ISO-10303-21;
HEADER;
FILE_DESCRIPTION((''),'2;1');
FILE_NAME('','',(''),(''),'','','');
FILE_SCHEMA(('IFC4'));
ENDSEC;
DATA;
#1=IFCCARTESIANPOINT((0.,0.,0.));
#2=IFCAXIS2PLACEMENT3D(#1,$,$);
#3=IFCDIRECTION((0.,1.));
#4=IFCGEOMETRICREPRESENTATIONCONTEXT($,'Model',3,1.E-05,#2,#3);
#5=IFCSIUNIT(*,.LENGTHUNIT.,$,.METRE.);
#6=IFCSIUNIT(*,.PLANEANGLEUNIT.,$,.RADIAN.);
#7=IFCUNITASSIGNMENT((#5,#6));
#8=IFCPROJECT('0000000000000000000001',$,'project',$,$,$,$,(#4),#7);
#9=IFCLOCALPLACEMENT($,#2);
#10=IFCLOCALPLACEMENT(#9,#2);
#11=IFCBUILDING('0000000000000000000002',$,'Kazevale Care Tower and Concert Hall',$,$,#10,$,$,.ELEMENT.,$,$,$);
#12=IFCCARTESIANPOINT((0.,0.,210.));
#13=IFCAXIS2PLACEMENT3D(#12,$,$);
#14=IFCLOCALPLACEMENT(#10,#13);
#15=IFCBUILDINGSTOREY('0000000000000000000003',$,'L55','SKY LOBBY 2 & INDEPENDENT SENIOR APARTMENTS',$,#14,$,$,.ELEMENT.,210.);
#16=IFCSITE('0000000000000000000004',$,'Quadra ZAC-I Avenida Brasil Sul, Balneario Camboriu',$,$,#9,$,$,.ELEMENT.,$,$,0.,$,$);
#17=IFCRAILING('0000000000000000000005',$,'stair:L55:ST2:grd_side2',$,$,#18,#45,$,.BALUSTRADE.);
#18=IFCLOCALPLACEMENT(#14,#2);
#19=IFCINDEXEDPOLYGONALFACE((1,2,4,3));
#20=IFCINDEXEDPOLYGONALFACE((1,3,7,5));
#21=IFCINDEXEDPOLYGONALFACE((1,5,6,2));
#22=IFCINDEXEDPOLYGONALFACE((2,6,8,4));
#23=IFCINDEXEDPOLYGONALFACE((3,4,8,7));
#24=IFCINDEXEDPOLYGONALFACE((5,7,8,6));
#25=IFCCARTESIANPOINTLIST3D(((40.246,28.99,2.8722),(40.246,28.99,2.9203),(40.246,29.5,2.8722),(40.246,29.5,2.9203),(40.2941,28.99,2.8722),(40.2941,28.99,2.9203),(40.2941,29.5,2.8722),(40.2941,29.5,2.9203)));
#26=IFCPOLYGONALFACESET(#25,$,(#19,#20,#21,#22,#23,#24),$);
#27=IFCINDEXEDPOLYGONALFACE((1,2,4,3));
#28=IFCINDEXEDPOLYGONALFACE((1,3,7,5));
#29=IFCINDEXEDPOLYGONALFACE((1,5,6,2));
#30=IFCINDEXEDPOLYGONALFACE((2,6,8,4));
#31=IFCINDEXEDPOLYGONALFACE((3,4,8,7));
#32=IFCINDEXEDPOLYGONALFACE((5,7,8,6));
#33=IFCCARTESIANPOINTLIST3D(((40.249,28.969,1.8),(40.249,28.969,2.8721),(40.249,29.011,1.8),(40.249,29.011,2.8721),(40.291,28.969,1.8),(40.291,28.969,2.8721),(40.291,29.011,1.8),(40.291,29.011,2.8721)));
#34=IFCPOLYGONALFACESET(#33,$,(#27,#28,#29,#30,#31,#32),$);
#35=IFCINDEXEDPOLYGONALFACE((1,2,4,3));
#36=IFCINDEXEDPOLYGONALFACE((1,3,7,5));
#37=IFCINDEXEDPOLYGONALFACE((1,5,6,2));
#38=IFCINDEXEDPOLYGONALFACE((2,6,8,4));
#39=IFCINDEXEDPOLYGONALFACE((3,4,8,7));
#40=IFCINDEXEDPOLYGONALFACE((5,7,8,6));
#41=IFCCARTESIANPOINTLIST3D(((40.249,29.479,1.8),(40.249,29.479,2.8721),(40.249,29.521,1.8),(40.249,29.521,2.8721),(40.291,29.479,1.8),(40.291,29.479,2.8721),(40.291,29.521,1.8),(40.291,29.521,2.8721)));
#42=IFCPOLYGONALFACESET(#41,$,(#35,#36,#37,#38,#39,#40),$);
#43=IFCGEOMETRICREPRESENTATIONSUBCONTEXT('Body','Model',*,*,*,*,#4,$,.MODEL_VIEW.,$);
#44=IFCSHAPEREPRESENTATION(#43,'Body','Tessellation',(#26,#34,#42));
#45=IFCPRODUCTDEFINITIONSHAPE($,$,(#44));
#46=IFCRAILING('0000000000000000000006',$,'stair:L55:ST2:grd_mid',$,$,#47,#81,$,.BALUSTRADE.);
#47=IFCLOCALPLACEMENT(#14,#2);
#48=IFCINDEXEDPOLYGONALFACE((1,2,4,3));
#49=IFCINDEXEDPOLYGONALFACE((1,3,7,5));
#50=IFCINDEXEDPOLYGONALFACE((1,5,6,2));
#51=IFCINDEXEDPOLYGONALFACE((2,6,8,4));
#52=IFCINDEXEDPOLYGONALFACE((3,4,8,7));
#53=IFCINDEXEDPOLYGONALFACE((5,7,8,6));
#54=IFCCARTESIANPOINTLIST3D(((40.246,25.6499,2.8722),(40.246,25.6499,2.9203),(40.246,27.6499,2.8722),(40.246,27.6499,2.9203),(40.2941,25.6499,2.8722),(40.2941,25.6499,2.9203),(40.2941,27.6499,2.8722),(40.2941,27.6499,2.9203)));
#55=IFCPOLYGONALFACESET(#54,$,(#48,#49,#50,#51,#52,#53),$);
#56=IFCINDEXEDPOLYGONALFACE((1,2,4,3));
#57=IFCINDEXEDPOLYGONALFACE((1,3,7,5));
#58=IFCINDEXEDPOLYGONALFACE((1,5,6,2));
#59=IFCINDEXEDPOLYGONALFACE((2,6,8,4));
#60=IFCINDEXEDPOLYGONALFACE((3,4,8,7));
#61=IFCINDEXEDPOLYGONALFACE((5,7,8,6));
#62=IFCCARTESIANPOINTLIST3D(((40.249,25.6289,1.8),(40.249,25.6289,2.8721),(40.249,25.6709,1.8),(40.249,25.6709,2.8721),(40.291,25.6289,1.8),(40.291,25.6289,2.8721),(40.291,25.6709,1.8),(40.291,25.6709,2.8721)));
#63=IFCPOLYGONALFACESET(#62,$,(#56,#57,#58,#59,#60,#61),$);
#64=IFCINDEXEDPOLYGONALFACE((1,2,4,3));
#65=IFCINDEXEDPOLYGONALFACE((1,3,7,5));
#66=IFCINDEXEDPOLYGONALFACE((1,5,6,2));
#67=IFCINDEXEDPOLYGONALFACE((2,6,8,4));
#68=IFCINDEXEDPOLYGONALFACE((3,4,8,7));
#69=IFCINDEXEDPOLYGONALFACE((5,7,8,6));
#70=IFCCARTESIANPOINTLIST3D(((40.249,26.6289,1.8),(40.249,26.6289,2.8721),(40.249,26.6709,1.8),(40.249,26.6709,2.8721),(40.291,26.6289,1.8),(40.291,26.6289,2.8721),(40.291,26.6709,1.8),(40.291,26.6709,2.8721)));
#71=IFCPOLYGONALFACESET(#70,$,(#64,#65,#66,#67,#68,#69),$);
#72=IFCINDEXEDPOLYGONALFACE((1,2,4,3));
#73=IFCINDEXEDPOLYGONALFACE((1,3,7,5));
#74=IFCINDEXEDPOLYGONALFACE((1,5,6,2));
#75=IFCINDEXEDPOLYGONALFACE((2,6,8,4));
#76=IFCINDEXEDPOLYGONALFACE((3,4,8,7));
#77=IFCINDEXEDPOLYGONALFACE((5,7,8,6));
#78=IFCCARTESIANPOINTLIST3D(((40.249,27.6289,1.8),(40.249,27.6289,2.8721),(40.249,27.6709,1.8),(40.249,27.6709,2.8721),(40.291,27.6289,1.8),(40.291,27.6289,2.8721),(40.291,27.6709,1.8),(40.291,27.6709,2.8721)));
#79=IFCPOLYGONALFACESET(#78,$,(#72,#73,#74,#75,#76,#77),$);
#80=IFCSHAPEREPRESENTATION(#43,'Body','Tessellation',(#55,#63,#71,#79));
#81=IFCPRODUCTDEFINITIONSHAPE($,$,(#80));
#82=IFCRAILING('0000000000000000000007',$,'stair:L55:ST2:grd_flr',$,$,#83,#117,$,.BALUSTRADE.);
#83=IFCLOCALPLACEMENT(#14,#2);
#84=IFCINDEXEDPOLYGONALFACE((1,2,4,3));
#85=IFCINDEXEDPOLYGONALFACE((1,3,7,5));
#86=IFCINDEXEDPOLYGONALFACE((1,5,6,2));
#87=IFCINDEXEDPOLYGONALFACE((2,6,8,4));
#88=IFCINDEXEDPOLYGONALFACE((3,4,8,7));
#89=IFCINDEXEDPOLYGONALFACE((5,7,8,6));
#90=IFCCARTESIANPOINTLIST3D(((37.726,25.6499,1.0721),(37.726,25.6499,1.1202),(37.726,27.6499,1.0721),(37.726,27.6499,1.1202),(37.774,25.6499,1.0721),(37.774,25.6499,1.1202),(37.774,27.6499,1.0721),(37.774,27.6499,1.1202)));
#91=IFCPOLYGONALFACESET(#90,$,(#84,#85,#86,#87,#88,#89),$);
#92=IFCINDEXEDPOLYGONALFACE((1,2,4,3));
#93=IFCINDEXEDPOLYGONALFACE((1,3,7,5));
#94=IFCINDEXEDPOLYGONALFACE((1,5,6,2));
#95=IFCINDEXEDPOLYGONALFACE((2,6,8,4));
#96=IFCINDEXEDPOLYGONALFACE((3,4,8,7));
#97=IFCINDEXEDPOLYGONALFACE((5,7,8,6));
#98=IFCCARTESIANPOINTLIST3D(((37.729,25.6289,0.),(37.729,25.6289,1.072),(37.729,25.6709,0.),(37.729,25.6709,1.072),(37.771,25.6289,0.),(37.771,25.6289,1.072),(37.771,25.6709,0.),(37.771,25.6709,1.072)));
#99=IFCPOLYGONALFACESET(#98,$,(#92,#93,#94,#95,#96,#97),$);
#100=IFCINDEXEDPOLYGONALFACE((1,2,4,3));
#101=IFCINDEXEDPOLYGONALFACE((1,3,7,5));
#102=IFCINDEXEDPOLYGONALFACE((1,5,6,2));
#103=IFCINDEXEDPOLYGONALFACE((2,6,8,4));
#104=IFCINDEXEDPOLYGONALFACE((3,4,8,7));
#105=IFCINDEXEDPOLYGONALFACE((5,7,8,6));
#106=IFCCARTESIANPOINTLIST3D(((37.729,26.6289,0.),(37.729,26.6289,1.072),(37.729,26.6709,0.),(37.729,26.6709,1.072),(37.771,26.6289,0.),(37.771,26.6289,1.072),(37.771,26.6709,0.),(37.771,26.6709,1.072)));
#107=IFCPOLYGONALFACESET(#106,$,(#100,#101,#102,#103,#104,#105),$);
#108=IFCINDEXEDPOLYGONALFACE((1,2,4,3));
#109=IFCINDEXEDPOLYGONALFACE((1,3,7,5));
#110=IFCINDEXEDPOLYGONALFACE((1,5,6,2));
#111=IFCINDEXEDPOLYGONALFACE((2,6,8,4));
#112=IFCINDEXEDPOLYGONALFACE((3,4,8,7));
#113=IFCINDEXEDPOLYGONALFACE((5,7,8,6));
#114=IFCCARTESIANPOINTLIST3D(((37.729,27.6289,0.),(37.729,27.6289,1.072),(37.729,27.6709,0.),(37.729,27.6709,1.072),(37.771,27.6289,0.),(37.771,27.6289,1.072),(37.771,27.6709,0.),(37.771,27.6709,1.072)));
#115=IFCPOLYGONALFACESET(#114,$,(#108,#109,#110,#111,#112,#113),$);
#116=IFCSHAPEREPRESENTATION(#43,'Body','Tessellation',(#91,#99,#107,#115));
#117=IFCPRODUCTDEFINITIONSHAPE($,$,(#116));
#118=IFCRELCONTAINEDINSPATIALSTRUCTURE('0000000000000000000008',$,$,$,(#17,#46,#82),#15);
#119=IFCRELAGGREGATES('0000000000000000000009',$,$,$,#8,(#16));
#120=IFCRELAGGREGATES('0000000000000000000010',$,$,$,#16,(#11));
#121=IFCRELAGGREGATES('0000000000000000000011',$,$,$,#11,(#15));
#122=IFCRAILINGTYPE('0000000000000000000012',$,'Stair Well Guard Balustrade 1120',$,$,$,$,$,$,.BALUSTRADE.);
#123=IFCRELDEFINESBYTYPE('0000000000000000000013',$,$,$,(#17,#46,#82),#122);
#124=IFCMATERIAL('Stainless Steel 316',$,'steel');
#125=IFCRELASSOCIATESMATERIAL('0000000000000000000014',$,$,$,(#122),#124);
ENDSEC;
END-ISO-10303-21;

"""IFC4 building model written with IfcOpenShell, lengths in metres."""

from ifc_helpers import new_model, si_unit, direction, frame, origin, origin_2d, place, context, subcontext, project, spatial, rectangle, extrude, material, type_object, element, save


model = new_model("IFC4")

# Units and contexts
model_context = context("Model", 3, precision=1e-05, world=origin(), true_north=direction((0.0, 1.0)))
body_context = subcontext(model_context, "Body", "Model", "MODEL_VIEW")
ifc_project = project(units=[si_unit("LENGTHUNIT", "METRE"), si_unit("PLANEANGLEUNIT", "RADIAN")], contexts=[model_context])

# Site, building, storey
site_placement = place(None, origin())
site = spatial("IfcSite", under=ifc_project, at=site_placement, Name="Quadra ZAC-I Avenida Brasil Sul, Balneario Camboriu", CompositionType="ELEMENT", RefElevation=0.0)
building_placement = place(site_placement, origin())
building = spatial("IfcBuilding", under=site, at=building_placement, Name="Kazevale Care Tower and Concert Hall", CompositionType="ELEMENT")
storey_placement = place(building_placement, frame((0.0, 0.0, 210.0)))
storey = spatial("IfcBuildingStorey", under=building, at=storey_placement, Name="L55", Description="SKY LOBBY 2 & INDEPENDENT SENIOR APARTMENTS", CompositionType="ELEMENT", Elevation=210.0)

# Railings
ifc_material_1 = material(Name="Stainless Steel 316", Category="steel")
railing_type_1 = type_object("IfcRailingType", Name="Stair Well Guard Balustrade 1120", PredefinedType="BALUSTRADE", material=ifc_material_1)
railing_1_placement = place(storey_placement, frame((40.27, 28.99, 1.8)))
element("IfcRailing", 1, at=railing_1_placement, inside=storey, type_object=railing_type_1, Name="stair:L55:ST2:grd_side2", PredefinedType="BALUSTRADE", context=body_context, shape_type="SweptSolid", body=[
    extrude(rectangle(XDim=0.0481, YDim=0.0481, at=origin_2d()), frame((0.0, 0.0, 1.0962), z_axis=(0.0, 1.0, 0.0), x_axis=(-1.0, 0.0, 0.0)), (0.0, 0.0, 1.0), 0.51),
    extrude(rectangle(XDim=0.042, YDim=0.042, at=origin_2d()), origin(), (0.0, 0.0, 1.0), 1.072),
    extrude(rectangle(XDim=0.042, YDim=0.042, at=origin_2d()), frame((0.0, 0.51, 0.0)), (0.0, 0.0, 1.0), 1.072),
])
for number, where, name in (
    (2, (40.27, 25.6499, 1.8), "stair:L55:ST2:grd_mid"),
    (3, (37.75, 25.6499, 0.0), "stair:L55:ST2:grd_flr"),
):
    element("IfcRailing", number, at=place(storey_placement, frame(where)), inside=storey, type_object=railing_type_1, Name=name, PredefinedType="BALUSTRADE", context=body_context, shape_type="SweptSolid", body=[
        extrude(rectangle(XDim=0.0481, YDim=0.0481, at=origin_2d()), frame((0.0, 0.0, 1.0962), z_axis=(0.0, 1.0, 0.0), x_axis=(-1.0, 0.0, 0.0)), (0.0, 0.0, 1.0), 2.0),
        extrude(rectangle(XDim=0.042, YDim=0.042, at=origin_2d()), origin(), (0.0, 0.0, 1.0), 1.072),
        extrude(rectangle(XDim=0.042, YDim=0.042, at=origin_2d()), frame((0.0, 1.0, 0.0)), (0.0, 0.0, 1.0), 1.072),
        extrude(rectangle(XDim=0.042, YDim=0.042, at=origin_2d()), frame((0.0, 2.0, 0.0)), (0.0, 0.0, 1.0), 1.072),
    ])

save(model, "model.ifc")
